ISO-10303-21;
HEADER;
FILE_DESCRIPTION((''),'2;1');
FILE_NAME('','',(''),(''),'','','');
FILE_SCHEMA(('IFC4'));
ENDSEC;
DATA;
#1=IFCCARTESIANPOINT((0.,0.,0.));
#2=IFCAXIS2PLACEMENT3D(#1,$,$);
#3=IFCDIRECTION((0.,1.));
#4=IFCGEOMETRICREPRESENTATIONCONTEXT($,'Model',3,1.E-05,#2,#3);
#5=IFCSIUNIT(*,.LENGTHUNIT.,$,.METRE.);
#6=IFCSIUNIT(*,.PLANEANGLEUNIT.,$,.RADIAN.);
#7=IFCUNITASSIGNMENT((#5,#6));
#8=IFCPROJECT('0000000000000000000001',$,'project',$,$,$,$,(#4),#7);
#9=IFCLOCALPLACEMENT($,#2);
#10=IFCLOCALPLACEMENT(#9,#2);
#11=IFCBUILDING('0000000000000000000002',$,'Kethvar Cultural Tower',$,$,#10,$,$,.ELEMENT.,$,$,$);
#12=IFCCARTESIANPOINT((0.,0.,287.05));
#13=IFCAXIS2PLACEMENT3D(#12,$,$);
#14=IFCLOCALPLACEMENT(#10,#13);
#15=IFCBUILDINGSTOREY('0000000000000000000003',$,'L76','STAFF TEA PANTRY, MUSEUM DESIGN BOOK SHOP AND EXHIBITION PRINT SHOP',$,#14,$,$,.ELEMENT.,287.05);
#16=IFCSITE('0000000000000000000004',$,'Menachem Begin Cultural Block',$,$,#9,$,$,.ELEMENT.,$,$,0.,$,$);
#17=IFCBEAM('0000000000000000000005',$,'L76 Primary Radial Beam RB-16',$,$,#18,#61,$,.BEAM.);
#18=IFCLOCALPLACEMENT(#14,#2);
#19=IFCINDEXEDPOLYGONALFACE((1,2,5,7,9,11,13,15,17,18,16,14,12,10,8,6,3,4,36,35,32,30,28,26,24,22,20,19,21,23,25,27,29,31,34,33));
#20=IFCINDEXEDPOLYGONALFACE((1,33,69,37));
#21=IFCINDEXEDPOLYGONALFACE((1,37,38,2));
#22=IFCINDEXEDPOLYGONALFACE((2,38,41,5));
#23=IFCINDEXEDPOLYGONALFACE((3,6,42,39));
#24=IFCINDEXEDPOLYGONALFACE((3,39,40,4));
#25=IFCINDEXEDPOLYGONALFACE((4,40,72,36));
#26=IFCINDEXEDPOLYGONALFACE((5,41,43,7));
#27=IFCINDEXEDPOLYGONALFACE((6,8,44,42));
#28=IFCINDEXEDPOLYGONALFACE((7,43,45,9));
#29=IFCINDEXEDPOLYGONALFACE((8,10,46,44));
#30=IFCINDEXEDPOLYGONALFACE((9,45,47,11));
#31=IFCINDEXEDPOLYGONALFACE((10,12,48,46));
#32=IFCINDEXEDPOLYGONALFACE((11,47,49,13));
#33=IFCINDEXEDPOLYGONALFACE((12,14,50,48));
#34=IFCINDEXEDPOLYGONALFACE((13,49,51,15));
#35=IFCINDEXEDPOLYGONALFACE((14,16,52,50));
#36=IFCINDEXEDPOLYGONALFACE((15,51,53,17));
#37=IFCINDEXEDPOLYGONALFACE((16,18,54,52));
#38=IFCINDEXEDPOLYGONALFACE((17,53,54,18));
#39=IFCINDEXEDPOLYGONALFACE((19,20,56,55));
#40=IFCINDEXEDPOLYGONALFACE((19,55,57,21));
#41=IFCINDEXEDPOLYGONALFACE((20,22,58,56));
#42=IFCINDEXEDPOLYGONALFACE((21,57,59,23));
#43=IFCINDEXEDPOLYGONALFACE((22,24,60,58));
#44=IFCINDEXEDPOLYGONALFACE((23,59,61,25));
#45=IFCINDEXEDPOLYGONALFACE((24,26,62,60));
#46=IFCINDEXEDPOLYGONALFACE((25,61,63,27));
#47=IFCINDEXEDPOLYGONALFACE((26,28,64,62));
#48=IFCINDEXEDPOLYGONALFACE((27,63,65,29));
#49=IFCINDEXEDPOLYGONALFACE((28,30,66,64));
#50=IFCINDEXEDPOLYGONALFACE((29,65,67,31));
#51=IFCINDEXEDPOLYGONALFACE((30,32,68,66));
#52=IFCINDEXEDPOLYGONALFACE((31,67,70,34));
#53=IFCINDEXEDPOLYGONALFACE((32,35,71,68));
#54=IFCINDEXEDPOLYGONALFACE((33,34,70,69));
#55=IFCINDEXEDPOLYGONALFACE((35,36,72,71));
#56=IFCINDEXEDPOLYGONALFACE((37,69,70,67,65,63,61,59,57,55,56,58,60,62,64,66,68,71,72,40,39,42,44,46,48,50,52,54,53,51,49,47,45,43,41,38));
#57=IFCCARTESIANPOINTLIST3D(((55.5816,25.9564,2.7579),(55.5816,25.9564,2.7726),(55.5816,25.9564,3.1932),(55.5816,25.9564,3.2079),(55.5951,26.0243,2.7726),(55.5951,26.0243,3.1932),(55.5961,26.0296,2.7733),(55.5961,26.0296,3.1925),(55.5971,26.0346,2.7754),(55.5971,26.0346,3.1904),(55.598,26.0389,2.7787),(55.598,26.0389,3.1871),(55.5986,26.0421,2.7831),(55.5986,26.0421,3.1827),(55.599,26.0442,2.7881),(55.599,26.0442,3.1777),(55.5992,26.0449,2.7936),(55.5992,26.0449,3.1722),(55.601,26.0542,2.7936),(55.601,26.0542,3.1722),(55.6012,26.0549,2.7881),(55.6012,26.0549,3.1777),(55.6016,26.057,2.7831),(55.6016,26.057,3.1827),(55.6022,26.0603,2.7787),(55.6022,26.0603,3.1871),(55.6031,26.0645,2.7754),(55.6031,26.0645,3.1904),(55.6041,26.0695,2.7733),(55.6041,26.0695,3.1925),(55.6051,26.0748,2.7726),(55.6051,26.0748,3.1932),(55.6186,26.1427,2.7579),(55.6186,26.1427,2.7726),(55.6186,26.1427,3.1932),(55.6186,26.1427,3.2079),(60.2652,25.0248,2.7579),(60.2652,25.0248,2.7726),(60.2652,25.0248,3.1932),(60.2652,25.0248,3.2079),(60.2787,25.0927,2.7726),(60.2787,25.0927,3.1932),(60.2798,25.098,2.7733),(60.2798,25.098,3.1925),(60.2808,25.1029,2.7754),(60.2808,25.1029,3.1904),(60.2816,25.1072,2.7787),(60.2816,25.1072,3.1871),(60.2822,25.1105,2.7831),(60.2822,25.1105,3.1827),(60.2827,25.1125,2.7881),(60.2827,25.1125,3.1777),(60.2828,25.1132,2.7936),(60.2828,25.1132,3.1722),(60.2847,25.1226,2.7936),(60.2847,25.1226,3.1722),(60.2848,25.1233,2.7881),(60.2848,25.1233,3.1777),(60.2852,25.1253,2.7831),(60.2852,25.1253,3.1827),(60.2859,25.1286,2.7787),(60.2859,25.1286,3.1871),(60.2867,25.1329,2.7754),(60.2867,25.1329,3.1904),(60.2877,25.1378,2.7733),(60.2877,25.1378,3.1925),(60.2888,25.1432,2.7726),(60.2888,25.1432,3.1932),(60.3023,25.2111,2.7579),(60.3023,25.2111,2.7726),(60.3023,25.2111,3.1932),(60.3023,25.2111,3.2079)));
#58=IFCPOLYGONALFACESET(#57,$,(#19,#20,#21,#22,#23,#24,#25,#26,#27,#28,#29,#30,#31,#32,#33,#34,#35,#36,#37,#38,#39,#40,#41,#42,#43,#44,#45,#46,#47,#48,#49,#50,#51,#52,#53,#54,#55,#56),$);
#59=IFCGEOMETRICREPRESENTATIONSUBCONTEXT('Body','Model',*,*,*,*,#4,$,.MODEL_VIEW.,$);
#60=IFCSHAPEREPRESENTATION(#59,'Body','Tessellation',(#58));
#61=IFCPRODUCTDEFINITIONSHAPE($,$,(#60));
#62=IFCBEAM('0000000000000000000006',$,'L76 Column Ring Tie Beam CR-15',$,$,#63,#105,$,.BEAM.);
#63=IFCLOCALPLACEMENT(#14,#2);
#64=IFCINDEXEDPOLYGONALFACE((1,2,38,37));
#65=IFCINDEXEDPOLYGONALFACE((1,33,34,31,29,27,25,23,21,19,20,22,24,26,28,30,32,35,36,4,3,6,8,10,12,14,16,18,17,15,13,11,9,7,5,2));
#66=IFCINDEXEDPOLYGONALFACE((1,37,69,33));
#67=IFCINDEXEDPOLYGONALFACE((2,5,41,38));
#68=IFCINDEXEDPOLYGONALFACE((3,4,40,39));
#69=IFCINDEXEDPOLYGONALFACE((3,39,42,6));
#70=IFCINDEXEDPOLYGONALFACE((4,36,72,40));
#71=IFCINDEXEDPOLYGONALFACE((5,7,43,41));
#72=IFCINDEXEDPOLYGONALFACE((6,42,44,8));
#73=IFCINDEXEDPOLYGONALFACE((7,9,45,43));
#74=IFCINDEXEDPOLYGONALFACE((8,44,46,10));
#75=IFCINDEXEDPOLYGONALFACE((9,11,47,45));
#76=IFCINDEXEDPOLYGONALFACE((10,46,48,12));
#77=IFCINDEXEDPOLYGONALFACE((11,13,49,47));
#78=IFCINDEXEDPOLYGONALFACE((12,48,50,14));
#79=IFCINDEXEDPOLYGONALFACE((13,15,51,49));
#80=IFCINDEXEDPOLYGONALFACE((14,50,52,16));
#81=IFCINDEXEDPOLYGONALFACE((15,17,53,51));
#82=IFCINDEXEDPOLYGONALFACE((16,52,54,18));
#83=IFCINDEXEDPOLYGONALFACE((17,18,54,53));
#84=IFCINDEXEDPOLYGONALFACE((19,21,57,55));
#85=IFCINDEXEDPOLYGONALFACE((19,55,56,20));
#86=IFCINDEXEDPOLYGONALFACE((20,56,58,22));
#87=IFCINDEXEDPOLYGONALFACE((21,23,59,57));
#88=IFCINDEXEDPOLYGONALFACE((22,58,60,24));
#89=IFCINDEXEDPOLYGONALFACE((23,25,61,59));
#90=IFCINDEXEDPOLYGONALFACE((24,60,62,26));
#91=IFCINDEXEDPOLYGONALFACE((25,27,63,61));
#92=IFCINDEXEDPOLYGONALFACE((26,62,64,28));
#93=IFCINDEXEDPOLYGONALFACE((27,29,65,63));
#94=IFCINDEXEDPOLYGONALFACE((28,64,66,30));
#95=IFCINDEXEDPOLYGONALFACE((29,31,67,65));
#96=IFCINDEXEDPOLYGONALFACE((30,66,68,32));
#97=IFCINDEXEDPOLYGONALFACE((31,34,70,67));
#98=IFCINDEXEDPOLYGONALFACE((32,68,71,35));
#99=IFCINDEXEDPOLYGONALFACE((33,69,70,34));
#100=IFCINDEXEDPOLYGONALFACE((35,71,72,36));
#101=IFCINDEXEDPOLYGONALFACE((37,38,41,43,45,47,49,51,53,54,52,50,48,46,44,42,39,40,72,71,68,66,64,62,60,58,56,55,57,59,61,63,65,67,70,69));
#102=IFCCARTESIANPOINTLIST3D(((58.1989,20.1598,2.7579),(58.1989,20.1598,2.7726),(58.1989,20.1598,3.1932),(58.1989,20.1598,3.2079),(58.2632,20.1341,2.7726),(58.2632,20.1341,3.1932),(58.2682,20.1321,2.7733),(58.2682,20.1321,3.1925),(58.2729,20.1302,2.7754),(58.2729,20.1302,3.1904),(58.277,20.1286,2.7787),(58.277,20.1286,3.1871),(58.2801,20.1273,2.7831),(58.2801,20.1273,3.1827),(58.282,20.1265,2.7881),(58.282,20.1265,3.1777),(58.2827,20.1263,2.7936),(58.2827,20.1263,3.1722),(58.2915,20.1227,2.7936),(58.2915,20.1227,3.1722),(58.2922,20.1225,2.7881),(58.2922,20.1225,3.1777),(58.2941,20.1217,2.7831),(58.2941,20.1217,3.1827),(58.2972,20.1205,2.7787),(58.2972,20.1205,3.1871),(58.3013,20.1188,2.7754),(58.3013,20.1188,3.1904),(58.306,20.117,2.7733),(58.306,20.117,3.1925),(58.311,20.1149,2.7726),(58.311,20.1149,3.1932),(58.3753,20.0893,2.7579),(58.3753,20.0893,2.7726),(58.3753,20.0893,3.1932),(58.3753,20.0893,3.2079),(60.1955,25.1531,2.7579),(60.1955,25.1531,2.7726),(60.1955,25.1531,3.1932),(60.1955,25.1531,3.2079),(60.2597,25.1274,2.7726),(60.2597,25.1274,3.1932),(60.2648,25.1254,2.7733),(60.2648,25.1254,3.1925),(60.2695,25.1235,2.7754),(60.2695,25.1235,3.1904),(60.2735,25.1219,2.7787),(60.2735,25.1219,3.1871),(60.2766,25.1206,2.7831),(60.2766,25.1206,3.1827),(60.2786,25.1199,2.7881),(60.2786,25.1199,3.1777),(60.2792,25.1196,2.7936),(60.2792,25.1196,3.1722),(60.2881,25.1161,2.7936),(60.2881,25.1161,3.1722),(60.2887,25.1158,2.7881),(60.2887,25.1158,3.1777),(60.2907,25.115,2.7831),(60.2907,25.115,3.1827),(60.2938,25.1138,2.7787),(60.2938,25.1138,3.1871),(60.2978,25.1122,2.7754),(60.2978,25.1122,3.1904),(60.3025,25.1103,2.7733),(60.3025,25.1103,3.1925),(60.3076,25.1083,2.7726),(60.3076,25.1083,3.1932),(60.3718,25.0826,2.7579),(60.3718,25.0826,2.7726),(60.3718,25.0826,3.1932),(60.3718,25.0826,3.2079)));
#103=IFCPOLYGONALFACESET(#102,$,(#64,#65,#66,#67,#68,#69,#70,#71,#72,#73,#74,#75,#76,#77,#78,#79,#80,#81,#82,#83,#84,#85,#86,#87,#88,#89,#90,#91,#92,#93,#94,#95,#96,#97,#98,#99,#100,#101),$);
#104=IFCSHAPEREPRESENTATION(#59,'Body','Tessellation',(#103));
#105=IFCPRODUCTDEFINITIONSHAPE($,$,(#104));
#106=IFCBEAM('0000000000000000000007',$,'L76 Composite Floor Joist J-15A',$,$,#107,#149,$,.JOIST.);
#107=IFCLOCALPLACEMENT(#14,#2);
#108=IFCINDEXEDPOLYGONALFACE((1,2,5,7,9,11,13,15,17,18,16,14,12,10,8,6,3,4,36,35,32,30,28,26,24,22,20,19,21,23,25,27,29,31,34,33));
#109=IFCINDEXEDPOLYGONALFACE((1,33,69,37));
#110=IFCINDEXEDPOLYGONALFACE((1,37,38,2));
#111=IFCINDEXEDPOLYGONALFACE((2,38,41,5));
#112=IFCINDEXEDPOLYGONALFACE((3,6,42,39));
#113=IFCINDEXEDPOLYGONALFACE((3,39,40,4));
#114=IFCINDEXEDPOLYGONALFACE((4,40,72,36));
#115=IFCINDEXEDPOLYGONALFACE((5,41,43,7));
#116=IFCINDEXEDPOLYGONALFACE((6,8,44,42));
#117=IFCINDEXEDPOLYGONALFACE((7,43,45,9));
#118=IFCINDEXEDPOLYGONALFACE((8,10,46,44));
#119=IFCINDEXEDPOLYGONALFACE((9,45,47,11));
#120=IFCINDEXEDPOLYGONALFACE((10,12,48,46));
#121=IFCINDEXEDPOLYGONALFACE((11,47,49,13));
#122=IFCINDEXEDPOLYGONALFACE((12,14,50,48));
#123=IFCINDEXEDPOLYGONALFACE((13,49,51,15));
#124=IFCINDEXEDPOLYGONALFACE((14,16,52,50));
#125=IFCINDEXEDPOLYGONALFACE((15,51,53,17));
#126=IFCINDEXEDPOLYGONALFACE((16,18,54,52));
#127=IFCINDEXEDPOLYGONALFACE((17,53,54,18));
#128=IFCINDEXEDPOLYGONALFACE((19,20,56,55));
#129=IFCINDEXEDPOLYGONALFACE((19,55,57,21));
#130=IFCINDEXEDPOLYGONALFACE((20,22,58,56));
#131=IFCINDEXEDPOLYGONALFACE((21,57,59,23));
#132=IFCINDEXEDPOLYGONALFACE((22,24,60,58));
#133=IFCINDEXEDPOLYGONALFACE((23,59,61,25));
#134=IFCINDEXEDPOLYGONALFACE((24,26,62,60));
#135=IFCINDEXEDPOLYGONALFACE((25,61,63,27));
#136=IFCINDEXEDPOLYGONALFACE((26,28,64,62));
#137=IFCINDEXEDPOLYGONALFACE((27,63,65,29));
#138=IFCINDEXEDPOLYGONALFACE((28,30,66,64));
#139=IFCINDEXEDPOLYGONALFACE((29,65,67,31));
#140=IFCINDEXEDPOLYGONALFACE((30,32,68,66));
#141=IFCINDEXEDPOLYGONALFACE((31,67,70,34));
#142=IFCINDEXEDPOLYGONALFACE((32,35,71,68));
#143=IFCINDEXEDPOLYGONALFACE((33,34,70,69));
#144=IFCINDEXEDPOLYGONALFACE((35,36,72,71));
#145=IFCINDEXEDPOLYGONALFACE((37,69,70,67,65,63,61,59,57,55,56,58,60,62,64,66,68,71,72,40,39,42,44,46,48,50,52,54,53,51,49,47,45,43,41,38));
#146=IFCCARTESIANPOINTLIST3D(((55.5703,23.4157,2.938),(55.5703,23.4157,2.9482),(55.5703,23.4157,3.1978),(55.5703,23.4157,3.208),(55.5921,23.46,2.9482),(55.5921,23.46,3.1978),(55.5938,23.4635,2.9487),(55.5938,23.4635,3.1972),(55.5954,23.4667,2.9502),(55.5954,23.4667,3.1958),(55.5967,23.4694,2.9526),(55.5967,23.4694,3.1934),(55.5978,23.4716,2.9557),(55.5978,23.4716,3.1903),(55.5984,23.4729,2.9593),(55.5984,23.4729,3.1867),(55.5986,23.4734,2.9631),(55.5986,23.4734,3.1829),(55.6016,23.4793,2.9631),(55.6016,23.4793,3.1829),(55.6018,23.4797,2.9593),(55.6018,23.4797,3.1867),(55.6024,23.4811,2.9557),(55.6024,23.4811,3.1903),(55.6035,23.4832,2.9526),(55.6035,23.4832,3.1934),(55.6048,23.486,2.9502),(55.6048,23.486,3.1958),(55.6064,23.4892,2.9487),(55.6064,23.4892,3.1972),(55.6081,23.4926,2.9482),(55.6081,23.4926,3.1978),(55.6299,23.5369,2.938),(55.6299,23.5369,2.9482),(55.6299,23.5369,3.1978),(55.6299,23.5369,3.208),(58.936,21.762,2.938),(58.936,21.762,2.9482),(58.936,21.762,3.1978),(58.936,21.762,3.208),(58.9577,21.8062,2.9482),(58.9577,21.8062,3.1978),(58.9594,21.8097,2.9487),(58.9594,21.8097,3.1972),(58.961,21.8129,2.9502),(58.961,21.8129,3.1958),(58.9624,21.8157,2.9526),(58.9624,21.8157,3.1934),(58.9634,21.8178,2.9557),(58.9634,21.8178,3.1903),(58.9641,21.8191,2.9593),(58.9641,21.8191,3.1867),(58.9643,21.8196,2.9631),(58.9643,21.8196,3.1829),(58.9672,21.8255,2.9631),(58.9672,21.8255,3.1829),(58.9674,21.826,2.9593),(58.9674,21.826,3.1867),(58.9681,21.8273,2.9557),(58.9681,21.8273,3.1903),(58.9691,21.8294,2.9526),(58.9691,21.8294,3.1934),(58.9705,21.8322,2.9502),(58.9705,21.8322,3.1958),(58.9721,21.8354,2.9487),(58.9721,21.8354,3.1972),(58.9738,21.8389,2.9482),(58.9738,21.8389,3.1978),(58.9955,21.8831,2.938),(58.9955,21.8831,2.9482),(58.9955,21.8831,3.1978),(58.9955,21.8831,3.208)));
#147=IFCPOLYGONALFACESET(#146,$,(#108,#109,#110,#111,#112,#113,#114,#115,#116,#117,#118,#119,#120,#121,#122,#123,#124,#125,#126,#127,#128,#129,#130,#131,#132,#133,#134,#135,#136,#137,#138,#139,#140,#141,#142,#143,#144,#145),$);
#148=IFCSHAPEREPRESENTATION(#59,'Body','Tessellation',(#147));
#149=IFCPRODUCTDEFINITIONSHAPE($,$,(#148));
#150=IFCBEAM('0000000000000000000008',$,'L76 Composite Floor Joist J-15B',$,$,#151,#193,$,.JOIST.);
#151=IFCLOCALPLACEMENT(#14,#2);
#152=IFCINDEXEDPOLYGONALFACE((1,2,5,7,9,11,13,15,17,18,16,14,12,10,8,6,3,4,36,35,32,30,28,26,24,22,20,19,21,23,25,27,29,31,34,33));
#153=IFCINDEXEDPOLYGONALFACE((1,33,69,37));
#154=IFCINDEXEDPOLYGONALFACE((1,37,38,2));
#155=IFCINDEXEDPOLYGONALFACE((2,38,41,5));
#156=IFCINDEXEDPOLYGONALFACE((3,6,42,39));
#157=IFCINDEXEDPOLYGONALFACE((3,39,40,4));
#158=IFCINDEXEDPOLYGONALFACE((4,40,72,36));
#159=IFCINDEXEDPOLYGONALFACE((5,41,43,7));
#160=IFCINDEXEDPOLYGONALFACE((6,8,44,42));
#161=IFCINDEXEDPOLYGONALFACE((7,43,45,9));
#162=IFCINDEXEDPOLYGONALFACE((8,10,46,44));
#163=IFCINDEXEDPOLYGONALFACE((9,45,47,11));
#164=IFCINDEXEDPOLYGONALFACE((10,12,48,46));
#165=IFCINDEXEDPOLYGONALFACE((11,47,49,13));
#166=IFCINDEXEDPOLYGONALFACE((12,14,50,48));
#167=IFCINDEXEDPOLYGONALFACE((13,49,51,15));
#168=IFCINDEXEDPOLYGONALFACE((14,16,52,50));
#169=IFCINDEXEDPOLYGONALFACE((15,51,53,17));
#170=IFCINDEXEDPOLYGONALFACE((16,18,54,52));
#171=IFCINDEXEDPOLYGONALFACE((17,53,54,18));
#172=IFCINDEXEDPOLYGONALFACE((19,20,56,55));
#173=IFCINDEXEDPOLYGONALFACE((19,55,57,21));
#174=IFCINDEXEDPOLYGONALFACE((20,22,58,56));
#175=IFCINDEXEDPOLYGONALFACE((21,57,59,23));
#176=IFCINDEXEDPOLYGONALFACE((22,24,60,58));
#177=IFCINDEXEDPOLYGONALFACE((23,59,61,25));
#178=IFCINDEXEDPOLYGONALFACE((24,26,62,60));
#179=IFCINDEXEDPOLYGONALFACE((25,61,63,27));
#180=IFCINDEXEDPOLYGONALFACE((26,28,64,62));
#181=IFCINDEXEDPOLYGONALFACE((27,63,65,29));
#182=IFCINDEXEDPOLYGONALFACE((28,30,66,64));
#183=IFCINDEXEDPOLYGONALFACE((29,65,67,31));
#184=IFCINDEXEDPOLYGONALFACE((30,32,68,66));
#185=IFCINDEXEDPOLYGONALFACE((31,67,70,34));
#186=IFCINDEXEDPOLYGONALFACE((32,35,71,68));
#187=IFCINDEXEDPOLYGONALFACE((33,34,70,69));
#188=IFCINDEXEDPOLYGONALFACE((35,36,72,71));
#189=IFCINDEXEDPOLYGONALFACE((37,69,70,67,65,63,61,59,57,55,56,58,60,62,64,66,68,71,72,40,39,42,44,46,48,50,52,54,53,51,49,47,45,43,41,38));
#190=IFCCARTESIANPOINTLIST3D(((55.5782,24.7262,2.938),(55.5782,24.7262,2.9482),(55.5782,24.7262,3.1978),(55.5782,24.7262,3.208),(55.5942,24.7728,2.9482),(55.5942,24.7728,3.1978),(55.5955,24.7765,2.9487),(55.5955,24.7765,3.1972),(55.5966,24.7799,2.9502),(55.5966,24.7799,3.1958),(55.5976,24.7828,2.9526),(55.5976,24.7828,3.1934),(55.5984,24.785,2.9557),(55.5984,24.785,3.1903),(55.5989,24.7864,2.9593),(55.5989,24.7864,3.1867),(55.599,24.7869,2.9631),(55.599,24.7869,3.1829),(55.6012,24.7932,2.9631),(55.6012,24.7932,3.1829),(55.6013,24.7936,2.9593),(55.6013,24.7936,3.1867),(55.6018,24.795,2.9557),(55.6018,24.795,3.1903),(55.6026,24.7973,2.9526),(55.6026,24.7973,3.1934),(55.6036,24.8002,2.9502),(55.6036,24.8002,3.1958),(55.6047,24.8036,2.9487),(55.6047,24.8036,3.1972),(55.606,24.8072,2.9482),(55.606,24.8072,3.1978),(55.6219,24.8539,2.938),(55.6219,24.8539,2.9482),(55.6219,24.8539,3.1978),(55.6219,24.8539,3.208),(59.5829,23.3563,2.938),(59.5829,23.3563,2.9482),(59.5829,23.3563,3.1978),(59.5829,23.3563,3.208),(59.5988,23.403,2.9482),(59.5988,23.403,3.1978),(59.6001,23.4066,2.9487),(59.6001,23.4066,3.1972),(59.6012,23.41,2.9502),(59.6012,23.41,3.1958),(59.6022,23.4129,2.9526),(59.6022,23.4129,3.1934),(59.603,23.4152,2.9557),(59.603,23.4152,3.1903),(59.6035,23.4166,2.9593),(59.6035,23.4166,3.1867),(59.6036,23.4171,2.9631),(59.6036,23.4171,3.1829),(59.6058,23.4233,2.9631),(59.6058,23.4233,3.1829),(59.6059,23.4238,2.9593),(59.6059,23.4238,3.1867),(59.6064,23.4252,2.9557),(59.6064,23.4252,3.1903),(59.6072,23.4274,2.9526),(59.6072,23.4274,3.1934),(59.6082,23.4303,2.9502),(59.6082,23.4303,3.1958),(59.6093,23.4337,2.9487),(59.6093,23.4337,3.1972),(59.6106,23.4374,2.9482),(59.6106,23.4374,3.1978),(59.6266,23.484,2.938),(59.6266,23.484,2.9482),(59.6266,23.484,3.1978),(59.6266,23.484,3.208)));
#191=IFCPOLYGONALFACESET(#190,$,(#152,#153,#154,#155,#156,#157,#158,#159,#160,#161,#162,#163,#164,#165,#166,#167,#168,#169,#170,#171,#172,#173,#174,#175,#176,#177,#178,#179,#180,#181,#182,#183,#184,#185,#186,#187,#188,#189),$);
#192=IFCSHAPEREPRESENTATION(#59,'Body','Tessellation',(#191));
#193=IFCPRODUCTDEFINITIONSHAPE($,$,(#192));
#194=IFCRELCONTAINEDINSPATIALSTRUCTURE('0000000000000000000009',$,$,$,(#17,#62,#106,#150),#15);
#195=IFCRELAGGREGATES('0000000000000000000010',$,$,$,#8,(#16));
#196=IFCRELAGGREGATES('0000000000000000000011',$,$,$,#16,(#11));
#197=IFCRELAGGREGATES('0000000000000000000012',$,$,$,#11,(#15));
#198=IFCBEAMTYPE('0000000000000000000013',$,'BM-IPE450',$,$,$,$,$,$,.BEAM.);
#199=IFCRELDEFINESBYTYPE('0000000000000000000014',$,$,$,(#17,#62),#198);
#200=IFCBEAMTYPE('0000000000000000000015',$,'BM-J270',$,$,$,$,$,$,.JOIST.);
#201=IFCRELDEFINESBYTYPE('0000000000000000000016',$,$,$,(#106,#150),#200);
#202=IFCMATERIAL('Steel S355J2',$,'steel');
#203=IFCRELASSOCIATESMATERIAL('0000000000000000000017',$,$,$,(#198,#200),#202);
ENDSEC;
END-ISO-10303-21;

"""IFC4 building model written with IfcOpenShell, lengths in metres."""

from ifc_helpers import new_model, si_unit, direction, frame, origin, origin_2d, place, context, subcontext, project, spatial, i_section, extrude, source, transform, mapped, material, material_profile, profile_set, type_object, element, save


model = new_model("IFC4")

# Units and contexts
model_context = context("Model", 3, precision=1e-05, world=origin(), true_north=direction((0.0, 1.0)))
body_context = subcontext(model_context, "Body", "Model", "MODEL_VIEW")
ifc_project = project(units=[si_unit("LENGTHUNIT", "METRE"), si_unit("PLANEANGLEUNIT", "RADIAN")], contexts=[model_context])

# Site, building, storey
site_placement = place(None, origin())
site = spatial("IfcSite", under=ifc_project, at=site_placement, Name="Menachem Begin Cultural Block", CompositionType="ELEMENT", RefElevation=0.0)
building_placement = place(site_placement, origin())
building = spatial("IfcBuilding", under=site, at=building_placement, Name="Kethvar Cultural Tower", CompositionType="ELEMENT")
storey_placement = place(building_placement, frame((0.0, 0.0, 287.05)))
storey = spatial("IfcBuildingStorey", under=building, at=storey_placement, Name="L76", Description="STAFF TEA PANTRY, MUSEUM DESIGN BOOK SHOP AND EXHIBITION PRINT SHOP", CompositionType="ELEMENT", Elevation=287.05)

# Shared definitions
ifc_material_1 = material(Name="Steel S355J2", Category="steel")

# Beams
ifc_material_profile_1 = material_profile(ifc_material_1, i_section(OverallWidth=0.1899, OverallDepth=0.45, WebThickness=0.0095, FlangeThickness=0.0146, FilletRadius=0.021, at=origin_2d()), Name="Steel S355J2 — IPE450")
ifc_profile_set_1 = profile_set([ifc_material_profile_1], Name="Steel S355J2 — IPE450")
beam_type_1 = type_object("IfcBeamType", Name="BM-IPE450", PredefinedType="BEAM", material=ifc_profile_set_1)
shared_shape_1 = source(origin(), body_context, "Body", "SweptSolid", [
    extrude(i_section(OverallWidth=0.1899, OverallDepth=0.45, WebThickness=0.0095, FlangeThickness=0.0146, FilletRadius=0.021, at=origin_2d()), origin(), (0.0, 0.0, 1.0), 4.7754),
])
beam_1_placement = place(storey_placement, frame((55.6001, 26.0496, 2.9829), z_axis=(0.980785, -0.195094, 0.0), x_axis=(0.195094, 0.980785, 0.0)))
element("IfcBeam", 1, at=beam_1_placement, inside=storey, type_object=beam_type_1, Name="L76 Primary Radial Beam RB-16", PredefinedType="BEAM", context=body_context, shape_type="MappedRepresentation", body=[
    mapped(shared_shape_1, transform((0.0, 0.0, 0.0), scale=1.0)),
])
shared_shape_2 = source(origin(), body_context, "Body", "SweptSolid", [
    extrude(i_section(OverallWidth=0.1899, OverallDepth=0.45, WebThickness=0.0095, FlangeThickness=0.0146, FilletRadius=0.021, at=origin_2d()), origin(), (0.0, 0.0, 1.0), 5.3777),
])
beam_2_placement = place(storey_placement, frame((58.2871, 20.1245, 2.9829), z_axis=(0.371265, 0.928527, 0.0), x_axis=(-0.928527, 0.371265, 0.0)))
element("IfcBeam", 2, at=beam_2_placement, inside=storey, type_object=beam_type_1, Name="L76 Column Ring Tie Beam CR-15", PredefinedType="BEAM", context=body_context, shape_type="MappedRepresentation", body=[
    mapped(shared_shape_2, transform((0.0, 0.0, 0.0), scale=1.0)),
])
ifc_material_profile_2 = material_profile(ifc_material_1, i_section(OverallWidth=0.135, OverallDepth=0.27, WebThickness=0.0066, FlangeThickness=0.0103, FilletRadius=0.0149, at=origin_2d()), Name="Steel S355J2 — IPE270")
ifc_profile_set_2 = profile_set([ifc_material_profile_2], Name="Steel S355J2 — IPE270")
beam_type_2 = type_object("IfcBeamType", Name="BM-J270", PredefinedType="JOIST", material=ifc_profile_set_2)
shared_shape_3 = source(origin(), body_context, "Body", "SweptSolid", [
    extrude(i_section(OverallWidth=0.135, OverallDepth=0.27, WebThickness=0.0066, FlangeThickness=0.0103, FilletRadius=0.0149, at=origin_2d()), origin(), (0.0, 0.0, 1.0), 3.75),
])
beam_3_placement = place(storey_placement, frame((55.6001, 23.4763, 3.073), z_axis=(0.897505, -0.441005, 0.0), x_axis=(0.441005, 0.897505, 0.0)))
element("IfcBeam", 3, at=beam_3_placement, inside=storey, type_object=beam_type_2, Name="L76 Composite Floor Joist J-15A", PredefinedType="JOIST", context=body_context, shape_type="MappedRepresentation", body=[
    mapped(shared_shape_3, transform((0.0, 0.0, 0.0), scale=1.0)),
])
shared_shape_4 = source(origin(), body_context, "Body", "SweptSolid", [
    extrude(i_section(OverallWidth=0.135, OverallDepth=0.27, WebThickness=0.0066, FlangeThickness=0.0103, FilletRadius=0.0149, at=origin_2d()), origin(), (0.0, 0.0, 1.0), 4.2324),
])
beam_4_placement = place(storey_placement, frame((55.6001, 24.79, 3.073), z_axis=(0.946174, -0.323659, 0.0), x_axis=(0.323659, 0.946174, 0.0)))
element("IfcBeam", 4, at=beam_4_placement, inside=storey, type_object=beam_type_2, Name="L76 Composite Floor Joist J-15B", PredefinedType="JOIST", context=body_context, shape_type="MappedRepresentation", body=[
    mapped(shared_shape_4, transform((0.0, 0.0, 0.0), scale=1.0)),
])

save(model, "model.ifc")
